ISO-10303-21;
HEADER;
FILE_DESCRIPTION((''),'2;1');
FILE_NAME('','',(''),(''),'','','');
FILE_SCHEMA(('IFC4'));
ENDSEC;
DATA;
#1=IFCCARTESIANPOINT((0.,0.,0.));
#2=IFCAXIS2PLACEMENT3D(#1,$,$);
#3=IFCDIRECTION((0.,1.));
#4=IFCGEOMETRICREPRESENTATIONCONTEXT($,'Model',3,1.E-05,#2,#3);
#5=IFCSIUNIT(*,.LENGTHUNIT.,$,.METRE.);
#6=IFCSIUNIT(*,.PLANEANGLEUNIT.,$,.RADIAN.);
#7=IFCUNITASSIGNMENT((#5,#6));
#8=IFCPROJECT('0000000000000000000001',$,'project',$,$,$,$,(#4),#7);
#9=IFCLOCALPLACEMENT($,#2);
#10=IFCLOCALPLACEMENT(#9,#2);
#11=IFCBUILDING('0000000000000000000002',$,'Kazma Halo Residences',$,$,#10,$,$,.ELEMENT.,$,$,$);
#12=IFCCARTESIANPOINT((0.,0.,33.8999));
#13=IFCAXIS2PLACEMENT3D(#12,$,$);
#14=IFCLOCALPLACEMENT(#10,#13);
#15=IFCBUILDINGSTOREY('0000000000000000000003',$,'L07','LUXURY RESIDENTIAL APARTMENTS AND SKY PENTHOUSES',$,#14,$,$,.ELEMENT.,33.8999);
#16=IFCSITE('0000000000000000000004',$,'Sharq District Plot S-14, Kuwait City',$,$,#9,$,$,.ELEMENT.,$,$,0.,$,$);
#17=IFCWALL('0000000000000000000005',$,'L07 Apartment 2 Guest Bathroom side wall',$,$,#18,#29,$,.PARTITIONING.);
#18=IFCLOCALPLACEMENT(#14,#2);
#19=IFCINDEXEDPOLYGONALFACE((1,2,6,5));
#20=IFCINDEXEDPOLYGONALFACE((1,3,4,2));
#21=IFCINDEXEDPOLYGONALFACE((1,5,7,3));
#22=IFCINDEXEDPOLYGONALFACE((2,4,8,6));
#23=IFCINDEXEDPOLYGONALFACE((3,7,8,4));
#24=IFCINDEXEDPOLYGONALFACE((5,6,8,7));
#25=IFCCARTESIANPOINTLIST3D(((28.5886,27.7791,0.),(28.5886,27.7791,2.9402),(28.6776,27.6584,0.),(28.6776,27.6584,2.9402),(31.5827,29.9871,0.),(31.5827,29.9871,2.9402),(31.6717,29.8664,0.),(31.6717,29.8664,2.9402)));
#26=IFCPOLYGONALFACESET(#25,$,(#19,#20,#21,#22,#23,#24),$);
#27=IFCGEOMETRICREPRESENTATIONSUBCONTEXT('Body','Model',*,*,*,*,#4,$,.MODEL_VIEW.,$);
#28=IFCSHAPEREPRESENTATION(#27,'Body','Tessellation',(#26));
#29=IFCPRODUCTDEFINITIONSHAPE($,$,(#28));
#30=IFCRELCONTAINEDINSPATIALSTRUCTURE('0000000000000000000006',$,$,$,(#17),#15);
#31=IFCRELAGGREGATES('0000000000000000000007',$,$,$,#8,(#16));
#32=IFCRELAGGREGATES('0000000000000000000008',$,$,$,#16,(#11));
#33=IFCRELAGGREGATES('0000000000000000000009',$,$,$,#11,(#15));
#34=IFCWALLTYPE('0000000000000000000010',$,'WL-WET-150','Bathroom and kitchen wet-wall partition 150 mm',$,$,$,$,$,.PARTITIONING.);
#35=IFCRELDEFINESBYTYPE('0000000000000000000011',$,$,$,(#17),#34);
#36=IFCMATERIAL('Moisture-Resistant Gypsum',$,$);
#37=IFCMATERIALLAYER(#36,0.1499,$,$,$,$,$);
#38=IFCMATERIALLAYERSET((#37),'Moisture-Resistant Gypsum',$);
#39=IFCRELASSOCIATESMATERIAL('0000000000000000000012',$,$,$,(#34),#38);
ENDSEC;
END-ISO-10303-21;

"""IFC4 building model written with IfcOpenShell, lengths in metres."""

from ifc_helpers import new_model, si_unit, direction, frame, frame_2d, origin, place, context, subcontext, project, spatial, rectangle, extrude, material, layer, layer_set, type_object, element, save


model = new_model("IFC4")

# Units and contexts
model_context = context("Model", 3, precision=1e-05, world=origin(), true_north=direction((0.0, 1.0)))
body_context = subcontext(model_context, "Body", "Model", "MODEL_VIEW")
ifc_project = project(units=[si_unit("LENGTHUNIT", "METRE"), si_unit("PLANEANGLEUNIT", "RADIAN")], contexts=[model_context])

# Site, building, storey
site_placement = place(None, origin())
site = spatial("IfcSite", under=ifc_project, at=site_placement, Name="Sharq District Plot S-14, Kuwait City", CompositionType="ELEMENT", RefElevation=0.0)
building_placement = place(site_placement, origin())
building = spatial("IfcBuilding", under=site, at=building_placement, Name="Kazma Halo Residences", CompositionType="ELEMENT")
storey_placement = place(building_placement, frame((0.0, 0.0, 33.8999)))
storey = spatial("IfcBuildingStorey", under=building, at=storey_placement, Name="L07", Description="LUXURY RESIDENTIAL APARTMENTS AND SKY PENTHOUSES", CompositionType="ELEMENT", Elevation=33.8999)

# Shared definitions
ifc_material_1 = material(Name="Moisture-Resistant Gypsum")
ifc_layer_1 = layer(ifc_material_1, 0.1499)
ifc_layer_set_1 = layer_set([ifc_layer_1], Name="Moisture-Resistant Gypsum")
wall_type_1 = type_object("IfcWallType", Name="WL-WET-150", Description="Bathroom and kitchen wet-wall partition 150 mm", PredefinedType="PARTITIONING", material=ifc_layer_set_1)

# Wall
wall_1_placement = place(storey_placement, frame((31.6272, 29.9268, 0.0), z_axis=(0.0, 0.0, 1.0), x_axis=(-0.804825, -0.593512, 0.0)))
element("IfcWall", 1, at=wall_1_placement, inside=storey, type_object=wall_type_1, Name="L07 Apartment 2 Guest Bathroom side wall", PredefinedType="PARTITIONING", context=body_context, shape_type="SweptSolid", body=[
    extrude(rectangle(XDim=3.7202, YDim=0.1499, at=frame_2d((1.8601, 0.0))), origin(), (0.0, 0.0, 1.0), 2.9402),
])

save(model, "model.ifc")
